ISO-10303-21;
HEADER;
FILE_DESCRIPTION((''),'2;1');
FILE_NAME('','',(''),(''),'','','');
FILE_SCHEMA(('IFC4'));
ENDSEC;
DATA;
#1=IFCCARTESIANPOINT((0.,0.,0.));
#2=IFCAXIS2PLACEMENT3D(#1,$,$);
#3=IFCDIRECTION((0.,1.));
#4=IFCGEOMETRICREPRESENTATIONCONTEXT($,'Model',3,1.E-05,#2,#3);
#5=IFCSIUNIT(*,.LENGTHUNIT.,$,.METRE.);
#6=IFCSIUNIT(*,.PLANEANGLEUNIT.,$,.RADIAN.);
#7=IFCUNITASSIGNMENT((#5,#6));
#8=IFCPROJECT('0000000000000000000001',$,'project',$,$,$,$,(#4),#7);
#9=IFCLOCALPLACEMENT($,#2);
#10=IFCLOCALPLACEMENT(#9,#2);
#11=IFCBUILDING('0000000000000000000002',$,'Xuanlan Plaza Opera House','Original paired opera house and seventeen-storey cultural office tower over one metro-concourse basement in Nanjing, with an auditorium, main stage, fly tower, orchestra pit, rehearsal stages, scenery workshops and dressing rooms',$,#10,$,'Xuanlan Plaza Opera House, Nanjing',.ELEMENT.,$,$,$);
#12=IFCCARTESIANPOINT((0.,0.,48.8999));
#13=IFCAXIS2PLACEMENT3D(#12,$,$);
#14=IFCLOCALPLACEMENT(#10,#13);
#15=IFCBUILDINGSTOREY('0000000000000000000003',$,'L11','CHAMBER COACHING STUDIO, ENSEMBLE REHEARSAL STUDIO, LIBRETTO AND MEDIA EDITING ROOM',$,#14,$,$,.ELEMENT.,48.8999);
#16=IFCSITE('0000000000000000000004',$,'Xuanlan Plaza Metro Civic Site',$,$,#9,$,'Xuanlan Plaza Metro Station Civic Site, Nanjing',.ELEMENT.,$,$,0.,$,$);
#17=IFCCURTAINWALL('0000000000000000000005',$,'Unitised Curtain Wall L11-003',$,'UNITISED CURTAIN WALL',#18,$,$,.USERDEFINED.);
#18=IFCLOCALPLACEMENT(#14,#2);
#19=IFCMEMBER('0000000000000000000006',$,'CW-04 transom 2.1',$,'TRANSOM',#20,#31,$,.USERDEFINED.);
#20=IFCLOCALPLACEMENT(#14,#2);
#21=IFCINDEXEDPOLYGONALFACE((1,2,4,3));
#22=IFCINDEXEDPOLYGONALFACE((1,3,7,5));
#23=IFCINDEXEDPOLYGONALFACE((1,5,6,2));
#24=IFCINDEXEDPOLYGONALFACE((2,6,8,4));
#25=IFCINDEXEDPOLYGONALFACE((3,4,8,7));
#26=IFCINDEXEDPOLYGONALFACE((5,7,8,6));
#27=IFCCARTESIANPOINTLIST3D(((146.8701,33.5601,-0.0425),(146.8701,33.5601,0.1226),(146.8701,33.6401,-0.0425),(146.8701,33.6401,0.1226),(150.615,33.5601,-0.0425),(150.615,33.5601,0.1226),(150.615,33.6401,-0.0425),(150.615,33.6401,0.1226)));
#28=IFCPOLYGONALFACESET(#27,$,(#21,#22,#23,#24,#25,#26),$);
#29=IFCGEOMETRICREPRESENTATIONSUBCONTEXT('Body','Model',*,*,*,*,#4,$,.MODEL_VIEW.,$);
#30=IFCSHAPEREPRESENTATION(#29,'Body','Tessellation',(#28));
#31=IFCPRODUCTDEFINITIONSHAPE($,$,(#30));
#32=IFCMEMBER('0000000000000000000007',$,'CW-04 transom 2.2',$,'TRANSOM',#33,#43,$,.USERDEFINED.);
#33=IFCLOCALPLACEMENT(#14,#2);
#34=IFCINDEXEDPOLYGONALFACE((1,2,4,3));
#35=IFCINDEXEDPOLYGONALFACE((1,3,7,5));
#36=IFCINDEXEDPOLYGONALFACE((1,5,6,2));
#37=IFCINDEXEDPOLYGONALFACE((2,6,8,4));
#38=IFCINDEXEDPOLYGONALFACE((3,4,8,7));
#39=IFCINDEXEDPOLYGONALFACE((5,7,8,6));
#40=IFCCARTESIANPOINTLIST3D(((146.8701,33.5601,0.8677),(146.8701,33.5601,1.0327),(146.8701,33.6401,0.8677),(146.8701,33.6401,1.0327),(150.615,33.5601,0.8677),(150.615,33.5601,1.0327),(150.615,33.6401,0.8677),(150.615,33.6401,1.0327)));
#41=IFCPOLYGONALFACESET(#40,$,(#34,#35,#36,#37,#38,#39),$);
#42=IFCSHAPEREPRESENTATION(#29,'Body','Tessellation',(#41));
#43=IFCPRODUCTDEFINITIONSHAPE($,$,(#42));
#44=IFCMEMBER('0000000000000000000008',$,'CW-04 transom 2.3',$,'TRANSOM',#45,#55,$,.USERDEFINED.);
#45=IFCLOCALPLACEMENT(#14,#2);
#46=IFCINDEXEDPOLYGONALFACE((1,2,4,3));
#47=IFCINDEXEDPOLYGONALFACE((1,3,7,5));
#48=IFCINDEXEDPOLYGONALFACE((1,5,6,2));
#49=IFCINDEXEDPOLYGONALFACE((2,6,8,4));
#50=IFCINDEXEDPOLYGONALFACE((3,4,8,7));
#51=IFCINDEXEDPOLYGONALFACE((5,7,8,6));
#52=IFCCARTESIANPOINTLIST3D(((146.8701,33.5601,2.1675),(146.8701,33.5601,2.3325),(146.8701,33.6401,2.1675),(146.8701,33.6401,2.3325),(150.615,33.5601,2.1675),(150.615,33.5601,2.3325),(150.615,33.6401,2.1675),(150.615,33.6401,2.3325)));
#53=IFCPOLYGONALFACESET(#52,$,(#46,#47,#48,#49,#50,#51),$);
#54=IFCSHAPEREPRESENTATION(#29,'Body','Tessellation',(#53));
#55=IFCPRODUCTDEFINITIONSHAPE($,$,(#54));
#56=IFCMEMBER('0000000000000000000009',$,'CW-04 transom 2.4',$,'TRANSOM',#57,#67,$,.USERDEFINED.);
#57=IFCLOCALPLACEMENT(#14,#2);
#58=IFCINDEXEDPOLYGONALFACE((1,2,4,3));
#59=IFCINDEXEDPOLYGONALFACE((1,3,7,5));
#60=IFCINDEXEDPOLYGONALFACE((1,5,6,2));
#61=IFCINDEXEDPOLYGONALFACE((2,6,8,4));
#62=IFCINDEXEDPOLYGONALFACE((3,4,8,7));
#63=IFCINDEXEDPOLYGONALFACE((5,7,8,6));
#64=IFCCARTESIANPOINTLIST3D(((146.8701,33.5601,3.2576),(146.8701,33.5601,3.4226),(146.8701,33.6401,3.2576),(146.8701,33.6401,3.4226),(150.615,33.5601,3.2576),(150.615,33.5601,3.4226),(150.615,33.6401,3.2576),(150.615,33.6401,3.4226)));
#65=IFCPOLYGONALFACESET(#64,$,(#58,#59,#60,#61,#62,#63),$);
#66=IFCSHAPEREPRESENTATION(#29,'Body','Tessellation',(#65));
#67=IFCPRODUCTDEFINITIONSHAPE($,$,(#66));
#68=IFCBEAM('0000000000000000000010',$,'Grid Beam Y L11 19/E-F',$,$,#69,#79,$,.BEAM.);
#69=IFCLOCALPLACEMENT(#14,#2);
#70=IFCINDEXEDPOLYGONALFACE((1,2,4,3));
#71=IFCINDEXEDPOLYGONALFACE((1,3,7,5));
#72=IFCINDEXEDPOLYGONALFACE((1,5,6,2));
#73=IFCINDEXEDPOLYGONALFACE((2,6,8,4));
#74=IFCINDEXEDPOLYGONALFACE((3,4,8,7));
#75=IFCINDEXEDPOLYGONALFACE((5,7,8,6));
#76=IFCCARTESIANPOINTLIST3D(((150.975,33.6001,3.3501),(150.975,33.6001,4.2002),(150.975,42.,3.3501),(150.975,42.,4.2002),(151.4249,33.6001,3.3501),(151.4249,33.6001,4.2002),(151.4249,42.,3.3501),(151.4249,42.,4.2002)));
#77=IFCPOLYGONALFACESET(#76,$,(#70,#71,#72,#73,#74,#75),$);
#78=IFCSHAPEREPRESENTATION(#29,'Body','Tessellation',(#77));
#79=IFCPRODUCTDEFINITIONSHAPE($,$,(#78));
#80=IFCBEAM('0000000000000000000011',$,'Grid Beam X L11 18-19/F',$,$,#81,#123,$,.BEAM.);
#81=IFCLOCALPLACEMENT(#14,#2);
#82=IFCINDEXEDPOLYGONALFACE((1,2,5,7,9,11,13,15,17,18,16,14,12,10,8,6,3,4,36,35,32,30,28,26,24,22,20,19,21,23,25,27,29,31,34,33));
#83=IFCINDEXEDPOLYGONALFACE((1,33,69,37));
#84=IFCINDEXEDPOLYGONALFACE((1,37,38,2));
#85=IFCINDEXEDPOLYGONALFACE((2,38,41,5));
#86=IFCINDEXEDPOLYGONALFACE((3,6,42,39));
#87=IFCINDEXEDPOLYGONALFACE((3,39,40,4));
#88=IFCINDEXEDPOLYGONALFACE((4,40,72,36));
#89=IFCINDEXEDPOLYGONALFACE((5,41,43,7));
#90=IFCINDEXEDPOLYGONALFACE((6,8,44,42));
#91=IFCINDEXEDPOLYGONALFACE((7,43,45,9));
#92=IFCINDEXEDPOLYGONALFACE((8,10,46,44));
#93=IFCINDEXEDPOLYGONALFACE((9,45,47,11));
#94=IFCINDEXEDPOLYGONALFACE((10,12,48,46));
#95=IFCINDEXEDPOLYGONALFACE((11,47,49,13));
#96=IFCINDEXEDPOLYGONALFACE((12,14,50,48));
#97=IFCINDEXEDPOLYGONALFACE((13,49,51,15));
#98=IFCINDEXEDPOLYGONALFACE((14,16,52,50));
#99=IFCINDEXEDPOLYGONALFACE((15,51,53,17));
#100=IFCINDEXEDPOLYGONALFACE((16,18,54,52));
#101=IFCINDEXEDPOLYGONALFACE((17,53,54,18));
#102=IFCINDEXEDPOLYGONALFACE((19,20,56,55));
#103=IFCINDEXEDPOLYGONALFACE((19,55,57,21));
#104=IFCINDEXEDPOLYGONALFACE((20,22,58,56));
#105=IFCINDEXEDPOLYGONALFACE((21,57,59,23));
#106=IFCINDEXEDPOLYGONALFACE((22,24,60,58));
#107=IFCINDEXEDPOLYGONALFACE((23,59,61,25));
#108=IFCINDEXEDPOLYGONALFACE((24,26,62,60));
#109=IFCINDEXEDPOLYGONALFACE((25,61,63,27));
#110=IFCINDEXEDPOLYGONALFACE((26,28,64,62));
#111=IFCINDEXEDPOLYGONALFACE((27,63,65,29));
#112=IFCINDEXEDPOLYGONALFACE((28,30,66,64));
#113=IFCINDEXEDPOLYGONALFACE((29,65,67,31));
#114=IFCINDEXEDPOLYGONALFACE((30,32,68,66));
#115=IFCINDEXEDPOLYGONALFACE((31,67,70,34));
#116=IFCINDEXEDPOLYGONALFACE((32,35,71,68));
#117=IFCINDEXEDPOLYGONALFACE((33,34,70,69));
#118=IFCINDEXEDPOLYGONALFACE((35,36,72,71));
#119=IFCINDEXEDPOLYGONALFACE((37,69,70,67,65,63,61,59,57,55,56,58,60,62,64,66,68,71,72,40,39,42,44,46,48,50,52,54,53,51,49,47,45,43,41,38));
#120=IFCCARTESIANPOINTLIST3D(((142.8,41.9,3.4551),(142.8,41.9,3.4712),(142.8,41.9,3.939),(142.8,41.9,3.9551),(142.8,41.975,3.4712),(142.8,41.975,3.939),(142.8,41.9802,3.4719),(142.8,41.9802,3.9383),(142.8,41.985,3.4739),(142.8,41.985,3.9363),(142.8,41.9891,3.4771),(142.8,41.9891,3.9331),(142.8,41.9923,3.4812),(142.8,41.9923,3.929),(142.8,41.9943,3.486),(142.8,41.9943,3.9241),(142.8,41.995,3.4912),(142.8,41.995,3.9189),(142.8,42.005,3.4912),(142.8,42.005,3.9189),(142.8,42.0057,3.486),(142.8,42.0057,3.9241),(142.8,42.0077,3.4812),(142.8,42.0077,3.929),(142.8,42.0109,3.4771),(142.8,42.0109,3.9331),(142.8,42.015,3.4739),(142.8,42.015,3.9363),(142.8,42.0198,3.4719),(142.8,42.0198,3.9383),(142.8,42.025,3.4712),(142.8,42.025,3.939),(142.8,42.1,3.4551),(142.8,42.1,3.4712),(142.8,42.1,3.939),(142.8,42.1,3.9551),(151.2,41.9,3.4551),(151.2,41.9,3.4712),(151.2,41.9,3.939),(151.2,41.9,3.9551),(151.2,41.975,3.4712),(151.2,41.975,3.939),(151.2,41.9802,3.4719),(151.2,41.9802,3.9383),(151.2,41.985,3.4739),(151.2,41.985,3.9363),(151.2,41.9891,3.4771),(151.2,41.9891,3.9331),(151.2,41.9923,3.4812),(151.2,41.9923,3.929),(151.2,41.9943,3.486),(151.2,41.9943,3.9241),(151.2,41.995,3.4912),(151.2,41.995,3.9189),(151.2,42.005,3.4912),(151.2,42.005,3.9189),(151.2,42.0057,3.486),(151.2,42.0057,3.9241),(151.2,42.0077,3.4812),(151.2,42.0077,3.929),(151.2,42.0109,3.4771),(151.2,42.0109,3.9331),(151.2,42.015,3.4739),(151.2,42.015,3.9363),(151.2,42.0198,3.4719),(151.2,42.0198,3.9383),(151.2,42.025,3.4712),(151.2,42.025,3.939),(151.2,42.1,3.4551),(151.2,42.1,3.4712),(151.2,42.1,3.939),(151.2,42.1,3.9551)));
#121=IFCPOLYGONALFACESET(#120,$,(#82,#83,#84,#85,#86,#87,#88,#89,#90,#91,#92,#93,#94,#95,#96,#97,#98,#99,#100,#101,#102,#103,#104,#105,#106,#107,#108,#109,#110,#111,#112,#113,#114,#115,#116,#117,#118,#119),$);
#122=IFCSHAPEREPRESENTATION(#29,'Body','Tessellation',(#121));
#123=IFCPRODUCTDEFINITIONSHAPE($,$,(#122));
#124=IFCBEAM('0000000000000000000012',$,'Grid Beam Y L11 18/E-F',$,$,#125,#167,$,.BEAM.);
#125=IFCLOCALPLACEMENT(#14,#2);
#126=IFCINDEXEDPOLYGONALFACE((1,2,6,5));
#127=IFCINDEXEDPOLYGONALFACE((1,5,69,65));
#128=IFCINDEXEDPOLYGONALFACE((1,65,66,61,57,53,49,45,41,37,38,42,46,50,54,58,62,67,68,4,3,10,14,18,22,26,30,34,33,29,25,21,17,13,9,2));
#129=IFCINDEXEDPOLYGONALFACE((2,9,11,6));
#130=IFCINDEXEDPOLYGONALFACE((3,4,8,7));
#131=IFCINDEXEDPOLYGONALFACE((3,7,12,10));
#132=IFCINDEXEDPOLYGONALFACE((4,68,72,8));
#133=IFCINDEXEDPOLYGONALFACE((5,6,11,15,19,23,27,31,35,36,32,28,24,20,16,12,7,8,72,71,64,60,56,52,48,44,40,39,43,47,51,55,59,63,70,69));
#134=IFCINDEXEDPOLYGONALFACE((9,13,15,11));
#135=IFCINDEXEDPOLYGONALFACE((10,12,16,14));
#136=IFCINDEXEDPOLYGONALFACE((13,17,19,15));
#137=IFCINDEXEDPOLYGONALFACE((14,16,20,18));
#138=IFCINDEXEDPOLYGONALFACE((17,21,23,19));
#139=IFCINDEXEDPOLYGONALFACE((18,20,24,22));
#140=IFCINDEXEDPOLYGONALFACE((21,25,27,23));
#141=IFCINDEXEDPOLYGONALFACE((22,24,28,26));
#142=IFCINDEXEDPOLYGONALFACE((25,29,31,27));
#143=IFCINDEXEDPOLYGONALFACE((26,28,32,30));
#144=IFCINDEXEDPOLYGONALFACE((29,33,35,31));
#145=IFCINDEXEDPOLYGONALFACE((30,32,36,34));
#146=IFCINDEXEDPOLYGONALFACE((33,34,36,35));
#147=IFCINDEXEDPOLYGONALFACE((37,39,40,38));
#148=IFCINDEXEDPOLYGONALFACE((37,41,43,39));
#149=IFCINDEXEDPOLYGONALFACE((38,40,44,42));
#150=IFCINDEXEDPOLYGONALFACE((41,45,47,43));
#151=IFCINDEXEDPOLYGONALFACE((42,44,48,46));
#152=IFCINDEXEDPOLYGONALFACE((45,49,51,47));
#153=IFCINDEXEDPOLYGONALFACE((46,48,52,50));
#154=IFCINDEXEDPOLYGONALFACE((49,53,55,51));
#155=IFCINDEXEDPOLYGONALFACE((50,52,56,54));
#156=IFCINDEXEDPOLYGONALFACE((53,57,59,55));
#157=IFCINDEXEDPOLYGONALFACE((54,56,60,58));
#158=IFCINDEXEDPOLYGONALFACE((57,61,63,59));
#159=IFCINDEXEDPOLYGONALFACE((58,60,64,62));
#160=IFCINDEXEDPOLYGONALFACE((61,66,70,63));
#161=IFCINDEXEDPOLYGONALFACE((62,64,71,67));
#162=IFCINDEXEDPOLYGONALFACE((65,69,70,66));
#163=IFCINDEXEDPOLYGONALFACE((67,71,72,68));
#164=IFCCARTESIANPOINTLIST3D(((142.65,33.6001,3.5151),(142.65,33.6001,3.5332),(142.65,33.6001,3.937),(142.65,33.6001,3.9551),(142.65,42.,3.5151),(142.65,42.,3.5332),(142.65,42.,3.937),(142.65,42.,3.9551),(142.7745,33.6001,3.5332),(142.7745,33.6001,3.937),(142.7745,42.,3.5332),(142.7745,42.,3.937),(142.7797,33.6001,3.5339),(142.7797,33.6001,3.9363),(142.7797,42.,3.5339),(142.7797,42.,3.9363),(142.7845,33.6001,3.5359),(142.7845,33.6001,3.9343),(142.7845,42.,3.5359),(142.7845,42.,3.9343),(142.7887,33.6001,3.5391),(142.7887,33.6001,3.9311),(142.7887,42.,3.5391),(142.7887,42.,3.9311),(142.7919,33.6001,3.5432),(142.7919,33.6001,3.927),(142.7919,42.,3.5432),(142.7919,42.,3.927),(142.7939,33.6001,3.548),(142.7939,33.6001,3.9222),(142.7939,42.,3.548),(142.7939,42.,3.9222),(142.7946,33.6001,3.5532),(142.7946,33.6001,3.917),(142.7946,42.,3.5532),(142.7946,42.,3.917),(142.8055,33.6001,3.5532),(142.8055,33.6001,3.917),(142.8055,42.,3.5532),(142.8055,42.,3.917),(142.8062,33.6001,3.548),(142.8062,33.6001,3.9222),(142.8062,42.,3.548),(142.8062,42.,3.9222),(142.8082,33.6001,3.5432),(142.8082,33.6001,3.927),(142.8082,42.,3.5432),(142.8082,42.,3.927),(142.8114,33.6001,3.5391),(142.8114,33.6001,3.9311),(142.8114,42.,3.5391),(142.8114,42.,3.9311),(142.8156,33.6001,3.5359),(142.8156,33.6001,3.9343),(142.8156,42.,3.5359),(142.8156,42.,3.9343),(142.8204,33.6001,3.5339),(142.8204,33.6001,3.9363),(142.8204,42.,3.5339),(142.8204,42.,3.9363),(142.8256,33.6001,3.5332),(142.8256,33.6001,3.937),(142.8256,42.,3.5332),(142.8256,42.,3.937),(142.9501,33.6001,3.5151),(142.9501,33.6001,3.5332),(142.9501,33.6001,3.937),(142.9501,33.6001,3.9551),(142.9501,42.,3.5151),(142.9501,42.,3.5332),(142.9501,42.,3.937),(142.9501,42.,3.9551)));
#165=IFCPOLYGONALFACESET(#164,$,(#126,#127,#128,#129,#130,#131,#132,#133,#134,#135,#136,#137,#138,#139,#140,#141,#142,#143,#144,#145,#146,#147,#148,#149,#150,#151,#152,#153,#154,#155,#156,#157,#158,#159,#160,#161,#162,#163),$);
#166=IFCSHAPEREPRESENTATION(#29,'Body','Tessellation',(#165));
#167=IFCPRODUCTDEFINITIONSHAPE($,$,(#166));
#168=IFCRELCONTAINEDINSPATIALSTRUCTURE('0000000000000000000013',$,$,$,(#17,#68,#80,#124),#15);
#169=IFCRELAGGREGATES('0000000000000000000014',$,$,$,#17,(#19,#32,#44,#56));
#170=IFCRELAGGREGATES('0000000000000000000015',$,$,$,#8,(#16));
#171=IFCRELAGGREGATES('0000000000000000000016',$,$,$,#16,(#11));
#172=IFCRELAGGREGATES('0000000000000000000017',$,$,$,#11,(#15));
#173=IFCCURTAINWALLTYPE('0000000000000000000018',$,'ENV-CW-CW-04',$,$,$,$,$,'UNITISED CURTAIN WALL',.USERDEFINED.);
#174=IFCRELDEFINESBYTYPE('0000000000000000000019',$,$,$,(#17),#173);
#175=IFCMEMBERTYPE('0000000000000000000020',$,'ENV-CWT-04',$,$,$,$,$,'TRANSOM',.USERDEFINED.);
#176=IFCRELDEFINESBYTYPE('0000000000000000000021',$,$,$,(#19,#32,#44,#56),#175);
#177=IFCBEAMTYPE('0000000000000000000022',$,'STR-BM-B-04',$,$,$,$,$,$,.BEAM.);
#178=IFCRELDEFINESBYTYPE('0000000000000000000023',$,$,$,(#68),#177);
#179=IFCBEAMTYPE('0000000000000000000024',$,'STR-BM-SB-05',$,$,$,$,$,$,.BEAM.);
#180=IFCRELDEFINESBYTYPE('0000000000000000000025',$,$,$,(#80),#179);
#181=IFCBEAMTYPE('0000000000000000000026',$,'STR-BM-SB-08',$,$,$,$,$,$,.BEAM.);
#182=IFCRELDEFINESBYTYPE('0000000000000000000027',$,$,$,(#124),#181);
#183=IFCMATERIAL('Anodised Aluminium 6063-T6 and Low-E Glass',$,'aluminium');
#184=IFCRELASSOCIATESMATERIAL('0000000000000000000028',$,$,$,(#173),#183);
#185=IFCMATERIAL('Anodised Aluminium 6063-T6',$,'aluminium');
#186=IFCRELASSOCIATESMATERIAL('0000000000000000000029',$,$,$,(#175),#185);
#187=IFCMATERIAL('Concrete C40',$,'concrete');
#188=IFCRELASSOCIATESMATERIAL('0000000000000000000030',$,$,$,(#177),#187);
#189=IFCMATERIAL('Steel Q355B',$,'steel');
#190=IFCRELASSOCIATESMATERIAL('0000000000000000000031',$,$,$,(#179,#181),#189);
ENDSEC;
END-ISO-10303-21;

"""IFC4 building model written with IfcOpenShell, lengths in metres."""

from ifc_helpers import new_model, si_unit, direction, frame, origin, origin_2d, place, context, subcontext, project, spatial, rectangle, i_section, extrude, material, material_profile, profile_set, type_object, element, aggregate, save


model = new_model("IFC4")

# Units and contexts
model_context = context("Model", 3, precision=1e-05, world=origin(), true_north=direction((0.0, 1.0)))
body_context = subcontext(model_context, "Body", "Model", "MODEL_VIEW")
ifc_project = project(units=[si_unit("LENGTHUNIT", "METRE"), si_unit("PLANEANGLEUNIT", "RADIAN")], contexts=[model_context])

# Site, building, storey
site_placement = place(None, origin())
site = spatial("IfcSite", under=ifc_project, at=site_placement, Name="Xuanlan Plaza Metro Civic Site", LongName="Xuanlan Plaza Metro Station Civic Site, Nanjing", CompositionType="ELEMENT", RefElevation=0.0)
building_placement = place(site_placement, origin())
building = spatial("IfcBuilding", under=site, at=building_placement, Name="Xuanlan Plaza Opera House", Description="Original paired opera house and seventeen-storey cultural office tower over one metro-concourse basement in Nanjing, with an auditorium, main stage, fly tower, orchestra pit, rehearsal stages, scenery workshops and dressing rooms", LongName="Xuanlan Plaza Opera House, Nanjing", CompositionType="ELEMENT")
storey_placement = place(building_placement, frame((0.0, 0.0, 48.8999)))
storey = spatial("IfcBuildingStorey", under=building, at=storey_placement, Name="L11", Description="CHAMBER COACHING STUDIO, ENSEMBLE REHEARSAL STUDIO, LIBRETTO AND MEDIA EDITING ROOM", CompositionType="ELEMENT", Elevation=48.8999)

# Shared definitions
ifc_material_1 = material(Name="Steel Q355B", Category="steel")

# Curtain wall
ifc_material_2 = material(Name="Anodised Aluminium 6063-T6 and Low-E Glass", Category="aluminium")
curtain_wall_type_1 = type_object("IfcCurtainWallType", Name="ENV-CW-CW-04", ElementType="UNITISED CURTAIN WALL", PredefinedType="USERDEFINED", material=ifc_material_2)
curtain_wall_1_placement = place(storey_placement, origin())
curtain_wall_1 = element("IfcCurtainWall", 1, at=curtain_wall_1_placement, inside=storey, type_object=curtain_wall_type_1, Name="Unitised Curtain Wall L11-003", ObjectType="UNITISED CURTAIN WALL", PredefinedType="USERDEFINED")
ifc_material_3 = material(Name="Anodised Aluminium 6063-T6", Category="aluminium")

# Members
ifc_material_profile_1 = material_profile(ifc_material_3, rectangle(XDim=0.0801, YDim=0.165, at=origin_2d()), Name="ALU-T 80x165")
ifc_profile_set_1 = profile_set([ifc_material_profile_1], Name="Anodised Aluminium 6063-T6")
member_type_1 = type_object("IfcMemberType", Name="ENV-CWT-04", ElementType="TRANSOM", PredefinedType="USERDEFINED", material=ifc_profile_set_1)
member_1_placement = place(storey_placement, frame((146.8701, 33.6001, 0.04), z_axis=(1.0, 0.0, 0.0), x_axis=(0.0, 1.0, 0.0)))
member_1 = element("IfcMember", 2, at=member_1_placement, type_object=member_type_1, Name="CW-04 transom 2.1", ObjectType="TRANSOM", PredefinedType="USERDEFINED", context=body_context, shape_type="SweptSolid", body=[
    extrude(rectangle(XDim=0.0801, YDim=0.165, at=origin_2d()), origin(), (0.0, 0.0, 1.0), 3.7449),
])
member_2_placement = place(storey_placement, frame((146.8701, 33.6001, 0.9502), z_axis=(1.0, 0.0, 0.0), x_axis=(0.0, 1.0, 0.0)))
member_2 = element("IfcMember", 3, at=member_2_placement, type_object=member_type_1, Name="CW-04 transom 2.2", ObjectType="TRANSOM", PredefinedType="USERDEFINED", context=body_context, shape_type="SweptSolid", body=[
    extrude(rectangle(XDim=0.0801, YDim=0.165, at=origin_2d()), origin(), (0.0, 0.0, 1.0), 3.7449),
])
member_3_placement = place(storey_placement, frame((146.8701, 33.6001, 2.25), z_axis=(1.0, 0.0, 0.0), x_axis=(0.0, 1.0, 0.0)))
member_3 = element("IfcMember", 4, at=member_3_placement, type_object=member_type_1, Name="CW-04 transom 2.3", ObjectType="TRANSOM", PredefinedType="USERDEFINED", context=body_context, shape_type="SweptSolid", body=[
    extrude(rectangle(XDim=0.0801, YDim=0.165, at=origin_2d()), origin(), (0.0, 0.0, 1.0), 3.7449),
])
member_4_placement = place(storey_placement, frame((146.8701, 33.6001, 3.3401), z_axis=(1.0, 0.0, 0.0), x_axis=(0.0, 1.0, 0.0)))
member_4 = element("IfcMember", 5, at=member_4_placement, type_object=member_type_1, Name="CW-04 transom 2.4", ObjectType="TRANSOM", PredefinedType="USERDEFINED", context=body_context, shape_type="SweptSolid", body=[
    extrude(rectangle(XDim=0.0801, YDim=0.165, at=origin_2d()), origin(), (0.0, 0.0, 1.0), 3.7449),
])

# Beams
ifc_material_4 = material(Name="Concrete C40", Category="concrete")
ifc_material_profile_2 = material_profile(ifc_material_4, rectangle(XDim=0.45, YDim=0.8501, at=origin_2d()), Name="RC-BM 450x850")
ifc_profile_set_2 = profile_set([ifc_material_profile_2], Name="Concrete C40")
beam_type_1 = type_object("IfcBeamType", Name="STR-BM-B-04", PredefinedType="BEAM", material=ifc_profile_set_2)
beam_1_placement = place(storey_placement, frame((151.2, 33.6001, 3.7751), z_axis=(0.0, 1.0, 0.0), x_axis=(-1.0, 0.0, 0.0)))
element("IfcBeam", 6, at=beam_1_placement, inside=storey, type_object=beam_type_1, Name="Grid Beam Y L11 19/E-F", PredefinedType="BEAM", context=body_context, shape_type="SweptSolid", body=[
    extrude(rectangle(XDim=0.45, YDim=0.8501, at=origin_2d()), origin(), (0.0, 0.0, 1.0), 8.3999),
])
ifc_material_profile_3 = material_profile(ifc_material_1, i_section(OverallWidth=0.2, OverallDepth=0.5, WebThickness=0.01, FlangeThickness=0.0161, FilletRadius=0.02, at=origin_2d()), Name="HN 500x200x10x16")
ifc_profile_set_3 = profile_set([ifc_material_profile_3], Name="Steel Q355B")
beam_type_2 = type_object("IfcBeamType", Name="STR-BM-SB-05", PredefinedType="BEAM", material=ifc_profile_set_3)
beam_2_placement = place(storey_placement, frame((142.8, 42.0, 3.7051), z_axis=(1.0, 0.0, 0.0), x_axis=(0.0, 1.0, 0.0)))
element("IfcBeam", 7, at=beam_2_placement, inside=storey, type_object=beam_type_2, Name="Grid Beam X L11 18-19/F", PredefinedType="BEAM", context=body_context, shape_type="SweptSolid", body=[
    extrude(i_section(OverallWidth=0.2, OverallDepth=0.5, WebThickness=0.01, FlangeThickness=0.0161, FilletRadius=0.02, at=origin_2d()), origin(), (0.0, 0.0, 1.0), 8.3999),
])
ifc_material_profile_4 = material_profile(ifc_material_1, i_section(OverallWidth=0.3, OverallDepth=0.4399, WebThickness=0.011, FlangeThickness=0.0181, FilletRadius=0.02, at=origin_2d()), Name="HM 440x300x11x18")
ifc_profile_set_4 = profile_set([ifc_material_profile_4], Name="Steel Q355B")
beam_type_3 = type_object("IfcBeamType", Name="STR-BM-SB-08", PredefinedType="BEAM", material=ifc_profile_set_4)
for number, where, z_axis, x_axis, name in (
    (8, (142.8, 33.6001, 3.7351), (0.0, 1.0, 0.0), (-1.0, 0.0, 0.0), "Grid Beam Y L11 18/E-F"),
):
    element("IfcBeam", number, at=place(storey_placement, frame(where, z_axis=z_axis, x_axis=x_axis)), inside=storey, type_object=beam_type_3, Name=name, PredefinedType="BEAM", context=body_context, shape_type="SweptSolid", body=[
        extrude(i_section(OverallWidth=0.3, OverallDepth=0.4399, WebThickness=0.011, FlangeThickness=0.0181, FilletRadius=0.02, at=origin_2d()), origin(), (0.0, 0.0, 1.0), 8.3999),
    ])

aggregate(curtain_wall_1, [member_1, member_2, member_3, member_4])

save(model, "model.ifc")
